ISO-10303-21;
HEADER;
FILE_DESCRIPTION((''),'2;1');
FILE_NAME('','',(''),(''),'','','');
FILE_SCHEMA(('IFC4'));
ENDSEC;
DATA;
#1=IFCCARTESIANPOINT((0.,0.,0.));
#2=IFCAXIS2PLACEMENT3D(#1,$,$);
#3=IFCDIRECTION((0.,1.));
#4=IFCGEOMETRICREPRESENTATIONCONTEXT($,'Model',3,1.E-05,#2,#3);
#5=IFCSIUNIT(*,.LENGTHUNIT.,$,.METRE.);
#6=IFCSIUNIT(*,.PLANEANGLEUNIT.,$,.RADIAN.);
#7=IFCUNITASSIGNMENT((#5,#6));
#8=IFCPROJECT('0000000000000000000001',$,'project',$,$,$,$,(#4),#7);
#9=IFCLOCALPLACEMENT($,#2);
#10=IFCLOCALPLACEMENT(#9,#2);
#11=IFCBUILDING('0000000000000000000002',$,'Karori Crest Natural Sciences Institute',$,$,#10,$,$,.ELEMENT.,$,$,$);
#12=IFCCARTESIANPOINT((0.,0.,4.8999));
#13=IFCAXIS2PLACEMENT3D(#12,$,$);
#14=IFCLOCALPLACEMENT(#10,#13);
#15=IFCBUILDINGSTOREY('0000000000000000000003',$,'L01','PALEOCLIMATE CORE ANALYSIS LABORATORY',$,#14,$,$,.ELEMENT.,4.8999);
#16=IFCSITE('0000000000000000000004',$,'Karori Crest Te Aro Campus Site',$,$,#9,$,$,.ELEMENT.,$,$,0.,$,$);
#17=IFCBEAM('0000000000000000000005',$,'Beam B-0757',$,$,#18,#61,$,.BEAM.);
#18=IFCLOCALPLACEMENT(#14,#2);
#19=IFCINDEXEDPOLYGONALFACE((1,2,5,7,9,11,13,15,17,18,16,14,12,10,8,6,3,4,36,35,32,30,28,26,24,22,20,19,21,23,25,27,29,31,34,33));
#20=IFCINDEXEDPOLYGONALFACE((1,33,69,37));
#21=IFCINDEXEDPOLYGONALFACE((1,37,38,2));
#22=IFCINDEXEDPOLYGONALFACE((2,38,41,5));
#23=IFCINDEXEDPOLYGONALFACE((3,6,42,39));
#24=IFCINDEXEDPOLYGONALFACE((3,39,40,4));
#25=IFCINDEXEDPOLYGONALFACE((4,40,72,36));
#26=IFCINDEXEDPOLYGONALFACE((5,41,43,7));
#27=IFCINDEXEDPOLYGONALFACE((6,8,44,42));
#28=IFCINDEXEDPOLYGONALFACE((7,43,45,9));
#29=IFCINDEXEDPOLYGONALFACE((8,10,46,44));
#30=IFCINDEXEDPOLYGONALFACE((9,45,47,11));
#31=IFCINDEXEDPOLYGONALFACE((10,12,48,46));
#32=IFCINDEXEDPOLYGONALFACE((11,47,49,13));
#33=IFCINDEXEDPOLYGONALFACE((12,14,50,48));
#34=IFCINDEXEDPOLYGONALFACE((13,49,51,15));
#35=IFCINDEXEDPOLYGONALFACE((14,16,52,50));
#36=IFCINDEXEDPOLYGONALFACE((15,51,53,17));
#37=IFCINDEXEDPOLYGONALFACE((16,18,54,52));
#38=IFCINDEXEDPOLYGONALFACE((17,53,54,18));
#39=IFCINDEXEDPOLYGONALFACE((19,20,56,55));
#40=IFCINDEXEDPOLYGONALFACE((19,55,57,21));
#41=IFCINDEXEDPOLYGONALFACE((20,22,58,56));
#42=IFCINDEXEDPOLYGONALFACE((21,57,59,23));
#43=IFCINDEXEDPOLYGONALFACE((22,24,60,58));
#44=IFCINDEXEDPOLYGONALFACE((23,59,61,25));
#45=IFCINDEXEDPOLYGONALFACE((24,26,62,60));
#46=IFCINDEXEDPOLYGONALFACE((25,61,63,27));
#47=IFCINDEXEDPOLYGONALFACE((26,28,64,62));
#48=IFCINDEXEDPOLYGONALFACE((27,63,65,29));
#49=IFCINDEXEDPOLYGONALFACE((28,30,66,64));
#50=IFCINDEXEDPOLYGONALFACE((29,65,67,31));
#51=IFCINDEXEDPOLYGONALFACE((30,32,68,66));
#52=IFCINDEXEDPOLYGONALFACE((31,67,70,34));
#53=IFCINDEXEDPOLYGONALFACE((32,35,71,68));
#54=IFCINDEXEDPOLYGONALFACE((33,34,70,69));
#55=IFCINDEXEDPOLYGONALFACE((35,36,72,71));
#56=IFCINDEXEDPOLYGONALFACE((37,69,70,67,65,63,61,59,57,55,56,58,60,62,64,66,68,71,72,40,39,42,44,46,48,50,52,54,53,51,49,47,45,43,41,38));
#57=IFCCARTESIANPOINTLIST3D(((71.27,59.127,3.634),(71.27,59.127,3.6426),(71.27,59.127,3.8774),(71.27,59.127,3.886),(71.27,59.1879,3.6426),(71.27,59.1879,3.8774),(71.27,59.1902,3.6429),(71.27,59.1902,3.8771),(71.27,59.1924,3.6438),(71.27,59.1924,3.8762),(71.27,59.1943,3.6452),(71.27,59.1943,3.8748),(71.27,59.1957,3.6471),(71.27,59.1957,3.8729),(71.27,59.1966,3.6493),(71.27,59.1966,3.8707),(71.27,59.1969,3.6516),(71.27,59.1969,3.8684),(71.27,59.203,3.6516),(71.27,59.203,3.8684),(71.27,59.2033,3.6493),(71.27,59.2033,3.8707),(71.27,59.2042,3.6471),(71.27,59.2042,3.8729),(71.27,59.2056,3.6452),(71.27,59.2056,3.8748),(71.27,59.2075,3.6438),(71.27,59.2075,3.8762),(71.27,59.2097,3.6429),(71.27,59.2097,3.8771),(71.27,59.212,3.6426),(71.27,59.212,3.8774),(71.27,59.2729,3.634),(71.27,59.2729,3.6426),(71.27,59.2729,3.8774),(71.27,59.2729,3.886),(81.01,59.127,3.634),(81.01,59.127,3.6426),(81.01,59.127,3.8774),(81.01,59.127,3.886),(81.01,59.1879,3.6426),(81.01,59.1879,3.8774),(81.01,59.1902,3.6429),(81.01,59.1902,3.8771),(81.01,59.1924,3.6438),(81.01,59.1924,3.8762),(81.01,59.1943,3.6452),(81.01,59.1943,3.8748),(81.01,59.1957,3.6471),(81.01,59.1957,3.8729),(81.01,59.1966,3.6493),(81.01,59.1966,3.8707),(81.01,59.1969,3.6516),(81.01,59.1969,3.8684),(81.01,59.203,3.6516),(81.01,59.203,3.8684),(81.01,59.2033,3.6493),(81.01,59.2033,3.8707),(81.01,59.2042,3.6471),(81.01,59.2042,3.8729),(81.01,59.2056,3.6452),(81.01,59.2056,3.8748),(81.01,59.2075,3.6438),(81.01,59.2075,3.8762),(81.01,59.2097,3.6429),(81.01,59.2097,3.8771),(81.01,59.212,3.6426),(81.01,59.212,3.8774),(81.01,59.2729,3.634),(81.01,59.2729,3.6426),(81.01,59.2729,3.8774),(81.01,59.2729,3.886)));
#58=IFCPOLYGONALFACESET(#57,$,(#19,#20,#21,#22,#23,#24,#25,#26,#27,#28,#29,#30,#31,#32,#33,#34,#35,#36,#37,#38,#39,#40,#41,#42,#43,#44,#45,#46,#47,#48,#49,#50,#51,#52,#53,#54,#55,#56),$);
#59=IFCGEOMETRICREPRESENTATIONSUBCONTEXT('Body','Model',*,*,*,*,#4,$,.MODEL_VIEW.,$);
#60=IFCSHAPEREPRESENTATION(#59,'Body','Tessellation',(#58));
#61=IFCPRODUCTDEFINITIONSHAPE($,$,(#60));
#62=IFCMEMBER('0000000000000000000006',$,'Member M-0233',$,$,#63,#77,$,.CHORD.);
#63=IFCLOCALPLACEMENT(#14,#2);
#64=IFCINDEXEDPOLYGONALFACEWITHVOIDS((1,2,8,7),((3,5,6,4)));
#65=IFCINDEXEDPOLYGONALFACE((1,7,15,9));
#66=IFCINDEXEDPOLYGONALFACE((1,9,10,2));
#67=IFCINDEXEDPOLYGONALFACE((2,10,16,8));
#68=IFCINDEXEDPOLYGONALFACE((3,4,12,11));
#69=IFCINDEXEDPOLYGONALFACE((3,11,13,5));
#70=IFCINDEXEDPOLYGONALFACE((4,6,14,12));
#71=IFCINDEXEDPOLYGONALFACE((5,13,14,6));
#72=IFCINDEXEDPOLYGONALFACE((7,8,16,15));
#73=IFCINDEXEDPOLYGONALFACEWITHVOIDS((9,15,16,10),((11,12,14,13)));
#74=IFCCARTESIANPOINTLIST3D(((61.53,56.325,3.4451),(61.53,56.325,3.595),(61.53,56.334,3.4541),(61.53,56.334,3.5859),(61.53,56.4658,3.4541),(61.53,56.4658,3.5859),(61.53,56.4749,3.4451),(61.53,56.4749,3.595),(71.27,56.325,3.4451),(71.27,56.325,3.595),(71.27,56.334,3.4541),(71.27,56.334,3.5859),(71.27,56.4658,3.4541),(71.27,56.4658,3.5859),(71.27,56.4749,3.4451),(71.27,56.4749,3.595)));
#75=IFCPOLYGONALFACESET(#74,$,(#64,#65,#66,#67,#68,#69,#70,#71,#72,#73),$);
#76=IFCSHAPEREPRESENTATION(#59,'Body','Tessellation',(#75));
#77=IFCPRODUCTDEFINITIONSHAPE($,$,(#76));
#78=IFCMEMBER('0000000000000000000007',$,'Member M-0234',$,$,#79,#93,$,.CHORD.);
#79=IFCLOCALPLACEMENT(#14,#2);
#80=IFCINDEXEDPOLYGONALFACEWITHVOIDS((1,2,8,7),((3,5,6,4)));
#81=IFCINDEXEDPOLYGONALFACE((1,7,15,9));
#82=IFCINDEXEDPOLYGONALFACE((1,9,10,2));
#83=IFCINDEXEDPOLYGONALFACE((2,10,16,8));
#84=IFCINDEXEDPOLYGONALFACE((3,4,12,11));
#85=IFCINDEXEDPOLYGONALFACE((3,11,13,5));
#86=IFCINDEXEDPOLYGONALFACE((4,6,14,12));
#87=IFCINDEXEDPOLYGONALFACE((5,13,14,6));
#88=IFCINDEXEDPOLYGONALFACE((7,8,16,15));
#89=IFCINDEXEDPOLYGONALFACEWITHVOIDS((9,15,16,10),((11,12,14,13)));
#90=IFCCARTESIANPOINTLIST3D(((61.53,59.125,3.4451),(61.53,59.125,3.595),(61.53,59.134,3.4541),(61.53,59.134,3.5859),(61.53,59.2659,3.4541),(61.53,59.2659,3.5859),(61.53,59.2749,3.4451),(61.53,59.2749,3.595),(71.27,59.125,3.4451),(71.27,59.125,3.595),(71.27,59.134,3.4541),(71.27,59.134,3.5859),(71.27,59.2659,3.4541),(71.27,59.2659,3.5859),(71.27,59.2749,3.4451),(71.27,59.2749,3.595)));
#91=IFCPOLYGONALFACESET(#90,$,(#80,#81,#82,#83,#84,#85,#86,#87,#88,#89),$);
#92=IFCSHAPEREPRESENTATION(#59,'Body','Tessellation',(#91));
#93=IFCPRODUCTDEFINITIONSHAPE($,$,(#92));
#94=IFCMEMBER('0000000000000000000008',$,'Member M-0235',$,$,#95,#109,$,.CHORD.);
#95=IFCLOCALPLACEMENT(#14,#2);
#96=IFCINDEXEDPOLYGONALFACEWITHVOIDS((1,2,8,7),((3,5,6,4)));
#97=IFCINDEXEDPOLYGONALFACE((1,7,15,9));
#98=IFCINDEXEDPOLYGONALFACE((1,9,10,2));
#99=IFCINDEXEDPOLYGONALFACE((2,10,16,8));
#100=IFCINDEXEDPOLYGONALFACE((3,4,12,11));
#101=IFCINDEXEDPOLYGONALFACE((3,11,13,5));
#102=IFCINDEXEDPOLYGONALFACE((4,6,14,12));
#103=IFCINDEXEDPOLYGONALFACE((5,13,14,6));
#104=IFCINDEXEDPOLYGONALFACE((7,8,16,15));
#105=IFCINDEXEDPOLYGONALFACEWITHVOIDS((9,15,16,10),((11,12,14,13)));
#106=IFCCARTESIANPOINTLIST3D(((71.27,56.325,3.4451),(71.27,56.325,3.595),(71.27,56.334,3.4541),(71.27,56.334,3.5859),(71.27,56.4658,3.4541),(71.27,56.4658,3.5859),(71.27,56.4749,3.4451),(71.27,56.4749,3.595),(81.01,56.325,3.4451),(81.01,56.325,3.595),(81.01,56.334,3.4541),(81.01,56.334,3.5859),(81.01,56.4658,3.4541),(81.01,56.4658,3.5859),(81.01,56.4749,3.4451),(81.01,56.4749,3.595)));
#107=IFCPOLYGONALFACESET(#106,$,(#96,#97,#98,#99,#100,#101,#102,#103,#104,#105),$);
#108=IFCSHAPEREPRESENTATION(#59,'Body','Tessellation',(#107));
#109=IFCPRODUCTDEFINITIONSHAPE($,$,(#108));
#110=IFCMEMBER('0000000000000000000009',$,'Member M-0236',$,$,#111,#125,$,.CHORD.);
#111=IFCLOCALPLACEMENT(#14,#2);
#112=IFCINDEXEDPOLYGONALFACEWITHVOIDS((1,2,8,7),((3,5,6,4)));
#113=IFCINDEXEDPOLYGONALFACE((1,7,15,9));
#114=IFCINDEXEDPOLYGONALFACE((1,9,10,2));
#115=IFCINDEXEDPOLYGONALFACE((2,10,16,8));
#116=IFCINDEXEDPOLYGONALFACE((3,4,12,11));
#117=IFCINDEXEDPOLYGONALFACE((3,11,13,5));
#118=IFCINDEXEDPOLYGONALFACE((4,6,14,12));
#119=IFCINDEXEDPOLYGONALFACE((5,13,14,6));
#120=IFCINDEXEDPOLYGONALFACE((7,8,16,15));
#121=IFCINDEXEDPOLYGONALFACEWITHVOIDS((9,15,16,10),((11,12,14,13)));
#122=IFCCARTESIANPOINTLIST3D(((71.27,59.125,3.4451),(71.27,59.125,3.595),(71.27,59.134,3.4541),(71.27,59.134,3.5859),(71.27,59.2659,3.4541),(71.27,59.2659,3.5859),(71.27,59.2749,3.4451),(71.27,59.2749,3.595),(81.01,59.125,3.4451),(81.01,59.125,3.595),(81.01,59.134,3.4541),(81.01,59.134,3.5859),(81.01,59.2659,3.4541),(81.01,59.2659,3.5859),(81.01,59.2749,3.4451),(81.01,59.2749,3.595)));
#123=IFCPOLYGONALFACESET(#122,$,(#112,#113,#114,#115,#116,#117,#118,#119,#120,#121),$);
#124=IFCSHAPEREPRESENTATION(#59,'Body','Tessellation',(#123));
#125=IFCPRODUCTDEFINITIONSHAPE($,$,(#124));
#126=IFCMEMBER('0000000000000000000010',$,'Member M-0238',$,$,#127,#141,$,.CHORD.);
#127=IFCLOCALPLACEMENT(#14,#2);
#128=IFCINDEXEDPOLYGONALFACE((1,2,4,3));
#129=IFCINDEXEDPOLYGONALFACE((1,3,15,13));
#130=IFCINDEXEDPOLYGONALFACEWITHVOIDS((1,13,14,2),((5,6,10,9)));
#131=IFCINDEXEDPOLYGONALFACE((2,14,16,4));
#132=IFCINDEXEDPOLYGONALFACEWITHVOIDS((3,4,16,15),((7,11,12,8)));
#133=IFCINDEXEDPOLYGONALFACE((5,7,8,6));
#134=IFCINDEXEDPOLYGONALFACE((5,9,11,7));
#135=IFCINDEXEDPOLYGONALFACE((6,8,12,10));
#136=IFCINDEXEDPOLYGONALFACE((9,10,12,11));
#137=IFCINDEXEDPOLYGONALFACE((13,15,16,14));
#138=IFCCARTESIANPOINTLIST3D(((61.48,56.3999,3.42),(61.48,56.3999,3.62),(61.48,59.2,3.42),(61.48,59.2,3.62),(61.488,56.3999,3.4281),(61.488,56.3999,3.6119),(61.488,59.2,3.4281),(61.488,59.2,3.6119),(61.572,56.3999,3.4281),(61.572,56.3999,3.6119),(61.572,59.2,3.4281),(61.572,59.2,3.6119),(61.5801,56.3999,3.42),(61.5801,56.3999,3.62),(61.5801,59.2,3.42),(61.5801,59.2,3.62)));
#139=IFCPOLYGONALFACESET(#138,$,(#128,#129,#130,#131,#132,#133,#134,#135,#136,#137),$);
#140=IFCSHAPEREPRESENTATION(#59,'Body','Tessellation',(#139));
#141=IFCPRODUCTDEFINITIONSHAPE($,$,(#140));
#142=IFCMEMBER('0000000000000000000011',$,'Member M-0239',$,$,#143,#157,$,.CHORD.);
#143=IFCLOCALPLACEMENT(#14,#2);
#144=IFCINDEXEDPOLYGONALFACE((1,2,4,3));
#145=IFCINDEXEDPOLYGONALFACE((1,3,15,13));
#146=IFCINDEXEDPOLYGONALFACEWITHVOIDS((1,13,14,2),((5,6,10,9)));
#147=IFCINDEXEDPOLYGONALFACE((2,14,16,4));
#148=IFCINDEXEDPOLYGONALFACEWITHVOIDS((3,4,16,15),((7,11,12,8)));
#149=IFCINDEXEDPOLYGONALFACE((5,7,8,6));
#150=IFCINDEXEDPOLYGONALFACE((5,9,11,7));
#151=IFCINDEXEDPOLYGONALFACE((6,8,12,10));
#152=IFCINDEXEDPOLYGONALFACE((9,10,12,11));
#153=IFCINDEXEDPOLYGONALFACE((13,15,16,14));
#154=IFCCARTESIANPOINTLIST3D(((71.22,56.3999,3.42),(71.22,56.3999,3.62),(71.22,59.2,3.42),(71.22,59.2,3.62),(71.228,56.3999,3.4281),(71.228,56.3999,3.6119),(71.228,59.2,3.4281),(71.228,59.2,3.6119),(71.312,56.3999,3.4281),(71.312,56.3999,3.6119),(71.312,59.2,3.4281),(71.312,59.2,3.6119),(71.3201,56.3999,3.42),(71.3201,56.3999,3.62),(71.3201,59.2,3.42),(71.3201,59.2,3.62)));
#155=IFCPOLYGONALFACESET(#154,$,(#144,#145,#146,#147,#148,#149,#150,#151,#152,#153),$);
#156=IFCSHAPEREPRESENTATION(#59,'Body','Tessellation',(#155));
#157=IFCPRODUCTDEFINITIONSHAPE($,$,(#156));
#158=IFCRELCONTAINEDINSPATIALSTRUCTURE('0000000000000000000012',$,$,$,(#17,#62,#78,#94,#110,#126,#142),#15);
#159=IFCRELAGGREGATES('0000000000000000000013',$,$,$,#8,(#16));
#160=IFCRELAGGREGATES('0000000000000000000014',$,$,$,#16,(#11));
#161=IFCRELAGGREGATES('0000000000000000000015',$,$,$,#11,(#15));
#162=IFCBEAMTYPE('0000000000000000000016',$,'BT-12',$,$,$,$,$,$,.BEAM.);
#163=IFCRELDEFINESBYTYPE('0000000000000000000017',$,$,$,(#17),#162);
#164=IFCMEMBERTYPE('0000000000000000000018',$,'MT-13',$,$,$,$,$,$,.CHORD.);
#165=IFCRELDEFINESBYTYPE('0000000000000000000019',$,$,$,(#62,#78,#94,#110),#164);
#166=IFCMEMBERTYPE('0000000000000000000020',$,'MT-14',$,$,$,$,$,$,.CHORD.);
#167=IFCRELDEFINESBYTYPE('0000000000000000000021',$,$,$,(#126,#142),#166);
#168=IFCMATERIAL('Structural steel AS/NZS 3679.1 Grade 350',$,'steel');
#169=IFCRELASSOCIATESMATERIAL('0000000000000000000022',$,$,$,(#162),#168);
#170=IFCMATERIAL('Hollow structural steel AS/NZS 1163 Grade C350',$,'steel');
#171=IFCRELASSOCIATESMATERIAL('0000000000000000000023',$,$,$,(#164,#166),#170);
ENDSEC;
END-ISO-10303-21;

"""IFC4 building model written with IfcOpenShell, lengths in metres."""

from ifc_helpers import new_model, si_unit, direction, frame, origin, origin_2d, place, context, subcontext, project, spatial, hollow_rectangle, i_section, extrude, material, material_profile, profile_set, type_object, element, save


model = new_model("IFC4")

# Units and contexts
model_context = context("Model", 3, precision=1e-05, world=origin(), true_north=direction((0.0, 1.0)))
body_context = subcontext(model_context, "Body", "Model", "MODEL_VIEW")
ifc_project = project(units=[si_unit("LENGTHUNIT", "METRE"), si_unit("PLANEANGLEUNIT", "RADIAN")], contexts=[model_context])

# Site, building, storey
site_placement = place(None, origin())
site = spatial("IfcSite", under=ifc_project, at=site_placement, Name="Karori Crest Te Aro Campus Site", CompositionType="ELEMENT", RefElevation=0.0)
building_placement = place(site_placement, origin())
building = spatial("IfcBuilding", under=site, at=building_placement, Name="Karori Crest Natural Sciences Institute", CompositionType="ELEMENT")
storey_placement = place(building_placement, frame((0.0, 0.0, 4.8999)))
storey = spatial("IfcBuildingStorey", under=building, at=storey_placement, Name="L01", Description="PALEOCLIMATE CORE ANALYSIS LABORATORY", CompositionType="ELEMENT", Elevation=4.8999)

# Shared definitions
ifc_material_1 = material(Name="Hollow structural steel AS/NZS 1163 Grade C350", Category="steel")

# Beam
ifc_material_2 = material(Name="Structural steel AS/NZS 3679.1 Grade 350", Category="steel")
ifc_material_profile_1 = material_profile(ifc_material_2, i_section(OverallWidth=0.146, OverallDepth=0.252, WebThickness=0.0061, FlangeThickness=0.0085, FilletRadius=0.009, at=origin_2d()), Name="250UB31.4")
ifc_profile_set_1 = profile_set([ifc_material_profile_1], Name="Structural steel AS/NZS 3679.1 Grade 350")
beam_type_1 = type_object("IfcBeamType", Name="BT-12", PredefinedType="BEAM", material=ifc_profile_set_1)
for number, where, z_axis, x_axis, name in (
    (1, (71.27, 59.2, 3.76), (1.0, 0.0, 0.0), (0.0, 1.0, 0.0), "Beam B-0757"),
):
    element("IfcBeam", number, at=place(storey_placement, frame(where, z_axis=z_axis, x_axis=x_axis)), inside=storey, type_object=beam_type_1, Name=name, PredefinedType="BEAM", context=body_context, shape_type="SweptSolid", body=[
        extrude(i_section(OverallWidth=0.146, OverallDepth=0.252, WebThickness=0.0061, FlangeThickness=0.0085, FilletRadius=0.009, at=origin_2d()), origin(), (0.0, 0.0, 1.0), 9.74),
    ])

# Members
ifc_material_profile_2 = material_profile(ifc_material_1, hollow_rectangle(XDim=0.1499, YDim=0.1499, WallThickness=0.009, at=origin_2d()), Name="SHS150x150x9")
ifc_profile_set_2 = profile_set([ifc_material_profile_2], Name="Hollow structural steel AS/NZS 1163 Grade C350")
member_type_1 = type_object("IfcMemberType", Name="MT-13", PredefinedType="CHORD", material=ifc_profile_set_2)
for number, where, z_axis, x_axis, name in (
    (2, (61.53, 56.3999, 3.52), (1.0, 0.0, 0.0), (0.0, 1.0, 0.0), "Member M-0233"),
    (3, (61.53, 59.2, 3.52), (1.0, 0.0, 0.0), (0.0, 1.0, 0.0), "Member M-0234"),
    (4, (71.27, 56.3999, 3.52), (1.0, 0.0, 0.0), (0.0, 1.0, 0.0), "Member M-0235"),
    (5, (71.27, 59.2, 3.52), (1.0, 0.0, 0.0), (0.0, 1.0, 0.0), "Member M-0236"),
):
    element("IfcMember", number, at=place(storey_placement, frame(where, z_axis=z_axis, x_axis=x_axis)), inside=storey, type_object=member_type_1, Name=name, PredefinedType="CHORD", context=body_context, shape_type="SweptSolid", body=[
        extrude(hollow_rectangle(XDim=0.1499, YDim=0.1499, WallThickness=0.009, at=origin_2d()), origin(), (0.0, 0.0, 1.0), 9.74),
    ])
ifc_material_profile_3 = material_profile(ifc_material_1, hollow_rectangle(XDim=0.1001, YDim=0.2, WallThickness=0.0081, at=origin_2d()), Name="RHS200x100x8")
ifc_profile_set_3 = profile_set([ifc_material_profile_3], Name="Hollow structural steel AS/NZS 1163 Grade C350")
member_type_2 = type_object("IfcMemberType", Name="MT-14", PredefinedType="CHORD", material=ifc_profile_set_3)
for number, where, z_axis, x_axis, name in (
    (6, (61.53, 56.3999, 3.52), (0.0, 1.0, 0.0), (-1.0, 0.0, 0.0), "Member M-0238"),
    (7, (71.27, 56.3999, 3.52), (0.0, 1.0, 0.0), (-1.0, 0.0, 0.0), "Member M-0239"),
):
    element("IfcMember", number, at=place(storey_placement, frame(where, z_axis=z_axis, x_axis=x_axis)), inside=storey, type_object=member_type_2, Name=name, PredefinedType="CHORD", context=body_context, shape_type="SweptSolid", body=[
        extrude(hollow_rectangle(XDim=0.1001, YDim=0.2, WallThickness=0.0081, at=origin_2d()), origin(), (0.0, 0.0, 1.0), 2.8),
    ])

save(model, "model.ifc")
